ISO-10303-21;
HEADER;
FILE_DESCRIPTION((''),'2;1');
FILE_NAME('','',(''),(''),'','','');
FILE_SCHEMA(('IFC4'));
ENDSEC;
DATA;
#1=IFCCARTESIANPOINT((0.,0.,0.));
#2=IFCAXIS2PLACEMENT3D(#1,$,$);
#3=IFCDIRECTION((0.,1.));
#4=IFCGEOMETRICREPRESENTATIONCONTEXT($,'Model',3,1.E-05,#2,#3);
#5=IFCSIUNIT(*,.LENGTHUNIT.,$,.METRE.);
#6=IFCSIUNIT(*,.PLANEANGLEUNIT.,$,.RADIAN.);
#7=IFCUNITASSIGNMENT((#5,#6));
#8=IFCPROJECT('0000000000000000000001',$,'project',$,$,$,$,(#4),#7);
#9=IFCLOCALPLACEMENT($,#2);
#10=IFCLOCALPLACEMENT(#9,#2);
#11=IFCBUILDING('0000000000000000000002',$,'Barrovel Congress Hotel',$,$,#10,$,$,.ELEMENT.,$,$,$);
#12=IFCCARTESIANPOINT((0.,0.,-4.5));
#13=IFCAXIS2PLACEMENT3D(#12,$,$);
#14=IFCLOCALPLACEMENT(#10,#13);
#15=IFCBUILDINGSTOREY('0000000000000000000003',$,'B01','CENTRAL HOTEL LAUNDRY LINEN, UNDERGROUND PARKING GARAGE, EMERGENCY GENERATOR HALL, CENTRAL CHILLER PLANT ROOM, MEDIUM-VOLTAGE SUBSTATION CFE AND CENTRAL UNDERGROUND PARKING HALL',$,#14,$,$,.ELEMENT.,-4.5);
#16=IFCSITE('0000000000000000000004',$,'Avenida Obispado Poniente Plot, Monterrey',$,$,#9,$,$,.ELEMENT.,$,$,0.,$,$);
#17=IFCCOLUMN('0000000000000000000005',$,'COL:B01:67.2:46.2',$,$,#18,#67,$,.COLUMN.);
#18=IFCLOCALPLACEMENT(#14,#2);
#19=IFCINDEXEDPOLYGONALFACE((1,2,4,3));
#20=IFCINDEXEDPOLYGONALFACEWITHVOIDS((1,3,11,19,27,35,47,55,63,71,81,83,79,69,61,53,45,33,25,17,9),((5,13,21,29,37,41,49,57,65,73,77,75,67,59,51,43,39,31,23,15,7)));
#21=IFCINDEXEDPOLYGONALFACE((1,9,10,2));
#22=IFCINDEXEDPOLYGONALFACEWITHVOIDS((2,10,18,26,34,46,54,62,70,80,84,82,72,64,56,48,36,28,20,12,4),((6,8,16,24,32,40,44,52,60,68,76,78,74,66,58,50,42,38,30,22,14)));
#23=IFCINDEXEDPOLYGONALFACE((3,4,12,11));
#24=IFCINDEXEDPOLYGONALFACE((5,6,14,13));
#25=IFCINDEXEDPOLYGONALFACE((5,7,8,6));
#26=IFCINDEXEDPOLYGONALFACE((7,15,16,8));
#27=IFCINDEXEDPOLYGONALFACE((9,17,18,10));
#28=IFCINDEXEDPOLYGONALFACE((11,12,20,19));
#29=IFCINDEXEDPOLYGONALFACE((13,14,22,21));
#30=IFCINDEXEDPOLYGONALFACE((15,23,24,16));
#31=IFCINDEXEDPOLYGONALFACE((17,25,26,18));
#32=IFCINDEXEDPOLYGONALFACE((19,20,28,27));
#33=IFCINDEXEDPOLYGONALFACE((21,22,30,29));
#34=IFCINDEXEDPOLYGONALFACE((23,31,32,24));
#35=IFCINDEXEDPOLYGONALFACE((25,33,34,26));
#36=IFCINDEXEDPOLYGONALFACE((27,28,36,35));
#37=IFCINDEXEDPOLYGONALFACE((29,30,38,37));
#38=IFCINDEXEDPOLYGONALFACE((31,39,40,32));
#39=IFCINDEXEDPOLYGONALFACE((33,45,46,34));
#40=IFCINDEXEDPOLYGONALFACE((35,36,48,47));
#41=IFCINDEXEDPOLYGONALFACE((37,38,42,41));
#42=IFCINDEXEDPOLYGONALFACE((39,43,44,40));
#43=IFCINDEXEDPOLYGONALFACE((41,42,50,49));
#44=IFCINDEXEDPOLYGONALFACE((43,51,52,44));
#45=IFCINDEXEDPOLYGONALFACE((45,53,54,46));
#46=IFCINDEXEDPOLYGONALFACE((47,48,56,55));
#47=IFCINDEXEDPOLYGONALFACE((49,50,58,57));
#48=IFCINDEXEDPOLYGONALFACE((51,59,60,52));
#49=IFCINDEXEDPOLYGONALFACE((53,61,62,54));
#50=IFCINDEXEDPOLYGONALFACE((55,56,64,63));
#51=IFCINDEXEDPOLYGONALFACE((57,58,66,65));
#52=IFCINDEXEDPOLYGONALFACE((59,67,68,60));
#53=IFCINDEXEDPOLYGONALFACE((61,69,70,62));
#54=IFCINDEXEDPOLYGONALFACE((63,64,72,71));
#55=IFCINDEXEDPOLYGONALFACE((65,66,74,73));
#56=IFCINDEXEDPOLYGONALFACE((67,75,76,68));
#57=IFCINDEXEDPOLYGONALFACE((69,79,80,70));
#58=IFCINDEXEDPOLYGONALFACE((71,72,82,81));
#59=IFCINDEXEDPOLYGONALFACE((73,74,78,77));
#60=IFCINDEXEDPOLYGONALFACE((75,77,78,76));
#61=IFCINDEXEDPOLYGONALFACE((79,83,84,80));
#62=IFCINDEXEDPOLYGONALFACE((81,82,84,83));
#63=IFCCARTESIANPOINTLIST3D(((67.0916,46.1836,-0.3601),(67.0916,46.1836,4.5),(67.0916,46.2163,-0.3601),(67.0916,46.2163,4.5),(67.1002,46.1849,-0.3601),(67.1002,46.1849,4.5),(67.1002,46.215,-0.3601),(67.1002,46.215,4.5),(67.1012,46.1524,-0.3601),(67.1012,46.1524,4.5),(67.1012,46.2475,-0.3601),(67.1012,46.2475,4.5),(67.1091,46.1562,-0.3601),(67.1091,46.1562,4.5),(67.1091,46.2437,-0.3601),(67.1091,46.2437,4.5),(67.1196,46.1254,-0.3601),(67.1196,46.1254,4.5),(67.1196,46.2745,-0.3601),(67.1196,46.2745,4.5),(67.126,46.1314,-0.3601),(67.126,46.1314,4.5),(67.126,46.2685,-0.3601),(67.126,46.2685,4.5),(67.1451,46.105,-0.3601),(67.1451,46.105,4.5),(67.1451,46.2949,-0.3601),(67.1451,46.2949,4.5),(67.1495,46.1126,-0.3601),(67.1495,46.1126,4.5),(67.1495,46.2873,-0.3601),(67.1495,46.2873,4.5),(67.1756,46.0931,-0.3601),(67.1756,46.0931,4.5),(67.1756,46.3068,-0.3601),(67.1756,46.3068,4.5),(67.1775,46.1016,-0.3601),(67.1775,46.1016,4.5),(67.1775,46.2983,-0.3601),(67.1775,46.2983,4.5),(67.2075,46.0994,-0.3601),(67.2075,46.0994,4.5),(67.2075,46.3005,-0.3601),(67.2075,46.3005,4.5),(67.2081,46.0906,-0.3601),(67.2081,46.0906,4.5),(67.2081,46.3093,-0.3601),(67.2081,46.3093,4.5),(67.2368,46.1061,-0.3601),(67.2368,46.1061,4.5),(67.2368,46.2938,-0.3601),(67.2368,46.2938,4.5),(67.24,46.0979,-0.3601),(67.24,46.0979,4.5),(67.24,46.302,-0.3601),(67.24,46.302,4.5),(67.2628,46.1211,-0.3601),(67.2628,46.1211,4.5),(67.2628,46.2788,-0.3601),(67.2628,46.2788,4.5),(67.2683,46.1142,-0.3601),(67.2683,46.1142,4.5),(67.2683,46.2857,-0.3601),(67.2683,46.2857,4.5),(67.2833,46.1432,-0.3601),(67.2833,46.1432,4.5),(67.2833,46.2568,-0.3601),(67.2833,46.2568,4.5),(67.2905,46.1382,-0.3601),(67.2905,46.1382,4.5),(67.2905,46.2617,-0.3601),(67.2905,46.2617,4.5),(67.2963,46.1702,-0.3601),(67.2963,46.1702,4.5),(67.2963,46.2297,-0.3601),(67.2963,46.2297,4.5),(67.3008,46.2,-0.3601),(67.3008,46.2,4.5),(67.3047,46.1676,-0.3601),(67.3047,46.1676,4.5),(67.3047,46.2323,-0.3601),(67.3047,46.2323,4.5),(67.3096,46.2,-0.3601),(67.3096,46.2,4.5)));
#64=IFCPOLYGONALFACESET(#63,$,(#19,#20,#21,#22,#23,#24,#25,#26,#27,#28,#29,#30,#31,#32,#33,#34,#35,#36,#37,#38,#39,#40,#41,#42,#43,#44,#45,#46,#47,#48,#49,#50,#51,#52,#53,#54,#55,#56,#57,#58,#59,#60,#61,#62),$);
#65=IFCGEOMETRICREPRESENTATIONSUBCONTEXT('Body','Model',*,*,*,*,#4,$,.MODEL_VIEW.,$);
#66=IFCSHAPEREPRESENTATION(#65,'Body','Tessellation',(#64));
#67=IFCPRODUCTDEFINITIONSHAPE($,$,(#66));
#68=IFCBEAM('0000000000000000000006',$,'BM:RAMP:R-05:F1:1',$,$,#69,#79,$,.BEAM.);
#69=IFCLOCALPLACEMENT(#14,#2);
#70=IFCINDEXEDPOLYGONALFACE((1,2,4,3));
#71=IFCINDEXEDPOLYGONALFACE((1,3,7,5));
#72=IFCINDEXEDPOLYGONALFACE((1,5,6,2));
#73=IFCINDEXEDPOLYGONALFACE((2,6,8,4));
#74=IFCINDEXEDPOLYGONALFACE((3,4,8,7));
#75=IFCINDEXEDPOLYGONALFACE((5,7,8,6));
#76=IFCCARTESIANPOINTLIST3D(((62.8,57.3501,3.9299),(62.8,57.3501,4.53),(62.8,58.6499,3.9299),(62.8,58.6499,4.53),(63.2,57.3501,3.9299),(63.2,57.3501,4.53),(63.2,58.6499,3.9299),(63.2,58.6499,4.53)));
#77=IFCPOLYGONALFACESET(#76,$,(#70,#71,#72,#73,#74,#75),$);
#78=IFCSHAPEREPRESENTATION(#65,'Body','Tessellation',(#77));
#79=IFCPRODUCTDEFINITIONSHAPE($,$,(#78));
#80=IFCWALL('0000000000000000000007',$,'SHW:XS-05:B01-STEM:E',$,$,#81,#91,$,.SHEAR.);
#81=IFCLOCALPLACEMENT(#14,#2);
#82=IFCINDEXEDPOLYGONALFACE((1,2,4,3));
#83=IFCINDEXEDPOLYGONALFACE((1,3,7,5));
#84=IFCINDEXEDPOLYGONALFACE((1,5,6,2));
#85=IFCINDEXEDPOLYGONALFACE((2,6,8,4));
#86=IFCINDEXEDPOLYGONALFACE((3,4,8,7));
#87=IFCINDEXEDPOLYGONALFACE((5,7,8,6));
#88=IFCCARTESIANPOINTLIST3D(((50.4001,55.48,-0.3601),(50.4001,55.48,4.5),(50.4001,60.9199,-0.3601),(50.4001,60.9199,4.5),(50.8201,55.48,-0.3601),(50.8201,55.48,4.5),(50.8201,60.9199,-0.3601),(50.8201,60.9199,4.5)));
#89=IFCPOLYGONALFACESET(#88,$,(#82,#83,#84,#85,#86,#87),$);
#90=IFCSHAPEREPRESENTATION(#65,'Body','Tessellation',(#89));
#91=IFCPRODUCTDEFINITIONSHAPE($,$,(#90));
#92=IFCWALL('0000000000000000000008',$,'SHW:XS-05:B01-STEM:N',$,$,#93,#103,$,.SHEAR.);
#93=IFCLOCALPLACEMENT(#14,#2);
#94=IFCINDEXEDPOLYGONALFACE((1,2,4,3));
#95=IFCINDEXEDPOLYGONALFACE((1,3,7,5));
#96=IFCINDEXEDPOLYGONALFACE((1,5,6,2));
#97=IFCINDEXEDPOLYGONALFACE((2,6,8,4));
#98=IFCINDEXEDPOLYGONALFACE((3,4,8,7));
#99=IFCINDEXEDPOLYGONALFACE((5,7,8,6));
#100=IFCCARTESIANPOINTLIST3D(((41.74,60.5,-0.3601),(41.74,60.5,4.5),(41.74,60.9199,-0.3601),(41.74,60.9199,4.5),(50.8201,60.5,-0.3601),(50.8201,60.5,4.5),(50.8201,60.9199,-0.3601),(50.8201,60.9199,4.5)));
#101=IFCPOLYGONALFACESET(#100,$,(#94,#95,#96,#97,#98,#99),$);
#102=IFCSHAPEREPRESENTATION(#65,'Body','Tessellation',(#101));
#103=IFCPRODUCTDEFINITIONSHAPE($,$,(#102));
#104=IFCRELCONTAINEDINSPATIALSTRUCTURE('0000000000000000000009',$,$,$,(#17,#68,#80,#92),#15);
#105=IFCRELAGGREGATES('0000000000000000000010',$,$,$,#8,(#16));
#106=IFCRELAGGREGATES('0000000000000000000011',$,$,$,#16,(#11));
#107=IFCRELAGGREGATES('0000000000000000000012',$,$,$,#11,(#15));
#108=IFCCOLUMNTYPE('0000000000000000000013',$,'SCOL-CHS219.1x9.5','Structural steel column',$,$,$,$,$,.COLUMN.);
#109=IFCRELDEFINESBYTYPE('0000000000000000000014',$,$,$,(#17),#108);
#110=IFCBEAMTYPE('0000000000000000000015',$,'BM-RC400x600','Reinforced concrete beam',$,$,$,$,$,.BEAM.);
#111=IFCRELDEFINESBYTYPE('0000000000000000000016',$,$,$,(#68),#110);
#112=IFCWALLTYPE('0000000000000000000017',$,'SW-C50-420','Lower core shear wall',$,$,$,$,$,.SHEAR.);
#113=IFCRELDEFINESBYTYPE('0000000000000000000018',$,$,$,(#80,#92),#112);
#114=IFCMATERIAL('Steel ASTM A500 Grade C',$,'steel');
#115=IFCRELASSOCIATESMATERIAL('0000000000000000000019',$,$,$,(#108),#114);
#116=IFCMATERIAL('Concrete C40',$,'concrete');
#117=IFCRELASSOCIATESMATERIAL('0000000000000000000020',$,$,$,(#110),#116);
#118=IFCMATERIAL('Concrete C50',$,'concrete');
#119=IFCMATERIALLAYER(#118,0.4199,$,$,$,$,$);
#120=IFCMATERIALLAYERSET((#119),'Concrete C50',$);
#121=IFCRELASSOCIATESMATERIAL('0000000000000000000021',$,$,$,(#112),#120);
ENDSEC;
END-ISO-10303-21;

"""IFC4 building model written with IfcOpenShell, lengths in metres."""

from ifc_helpers import new_model, si_unit, direction, frame, frame_2d, origin, origin_2d, place, context, subcontext, project, spatial, rectangle, hollow_circle, extrude, material, layer, layer_set, material_profile, profile_set, type_object, element, save


model = new_model("IFC4")

# Units and contexts
model_context = context("Model", 3, precision=1e-05, world=origin(), true_north=direction((0.0, 1.0)))
body_context = subcontext(model_context, "Body", "Model", "MODEL_VIEW")
ifc_project = project(units=[si_unit("LENGTHUNIT", "METRE"), si_unit("PLANEANGLEUNIT", "RADIAN")], contexts=[model_context])

# Site, building, storey
site_placement = place(None, origin())
site = spatial("IfcSite", under=ifc_project, at=site_placement, Name="Avenida Obispado Poniente Plot, Monterrey", CompositionType="ELEMENT", RefElevation=0.0)
building_placement = place(site_placement, origin())
building = spatial("IfcBuilding", under=site, at=building_placement, Name="Barrovel Congress Hotel", CompositionType="ELEMENT")
storey_placement = place(building_placement, frame((0.0, 0.0, -4.5)))
storey = spatial("IfcBuildingStorey", under=building, at=storey_placement, Name="B01", Description="CENTRAL HOTEL LAUNDRY LINEN, UNDERGROUND PARKING GARAGE, EMERGENCY GENERATOR HALL, CENTRAL CHILLER PLANT ROOM, MEDIUM-VOLTAGE SUBSTATION CFE AND CENTRAL UNDERGROUND PARKING HALL", CompositionType="ELEMENT", Elevation=-4.5)

# Column
ifc_material_1 = material(Name="Concrete C50", Category="concrete")
ifc_material_2 = material(Name="Concrete C40", Category="concrete")
ifc_material_3 = material(Name="Steel ASTM A500 Grade C", Category="steel")
ifc_material_profile_1 = material_profile(ifc_material_3, hollow_circle(Radius=0.1096, WallThickness=0.0088, at=origin_2d()), Name="CHS219.1x9.5")
ifc_profile_set_1 = profile_set([ifc_material_profile_1], Name="Steel ASTM A500 Grade C")
column_type_1 = type_object("IfcColumnType", Name="SCOL-CHS219.1x9.5", Description="Structural steel column", PredefinedType="COLUMN", material=ifc_profile_set_1)
for number, where, z_axis, x_axis, name in (
    (1, (67.2, 46.2, -0.3601), (0.0, 0.0, 1.0), (1.0, 0.0, 0.0), "COL:B01:67.2:46.2"),
):
    element("IfcColumn", number, at=place(storey_placement, frame(where, z_axis=z_axis, x_axis=x_axis)), inside=storey, type_object=column_type_1, Name=name, PredefinedType="COLUMN", context=body_context, shape_type="SweptSolid", body=[
        extrude(hollow_circle(Radius=0.1096, WallThickness=0.0088, at=origin_2d()), origin(), (0.0, 0.0, 1.0), 4.8601),
    ])

# Beam
ifc_material_profile_2 = material_profile(ifc_material_2, rectangle(XDim=0.3999, YDim=0.6001, at=origin_2d()), Name="RC400x600")
ifc_profile_set_2 = profile_set([ifc_material_profile_2], Name="Concrete C40")
beam_type = type_object("IfcBeamType", Name="BM-RC400x600", Description="Reinforced concrete beam", PredefinedType="BEAM", material=ifc_profile_set_2)
beam_placement = place(storey_placement, frame((63.0, 58.6499, 4.23), z_axis=(0.0, -1.0, 0.0), x_axis=(1.0, 0.0, 0.0)))
element("IfcBeam", 2, at=beam_placement, inside=storey, type_object=beam_type, Name="BM:RAMP:R-05:F1:1", PredefinedType="BEAM", context=body_context, shape_type="SweptSolid", body=[
    extrude(rectangle(XDim=0.3999, YDim=0.6001, at=origin_2d()), origin(), (0.0, 0.0, 1.0), 1.2998),
])

# Walls
ifc_layer = layer(ifc_material_1, 0.4199)
ifc_layer_set = layer_set([ifc_layer], Name="Concrete C50")
wall_type = type_object("IfcWallType", Name="SW-C50-420", Description="Lower core shear wall", PredefinedType="SHEAR", material=ifc_layer_set)
wall_1_placement = place(storey_placement, frame((50.6101, 55.48, -0.3601), z_axis=(0.0, 0.0, 1.0), x_axis=(0.0, 1.0, 0.0)))
element("IfcWall", 3, at=wall_1_placement, inside=storey, type_object=wall_type, Name="SHW:XS-05:B01-STEM:E", PredefinedType="SHEAR", context=body_context, shape_type="SweptSolid", body=[
    extrude(rectangle(XDim=5.4399, YDim=0.4199, at=frame_2d((2.72, 0.0))), origin(), (0.0, 0.0, 1.0), 4.8601),
])
wall_2_placement = place(storey_placement, frame((50.8201, 60.71, -0.3601), z_axis=(0.0, 0.0, 1.0), x_axis=(-1.0, 0.0, 0.0)))
element("IfcWall", 4, at=wall_2_placement, inside=storey, type_object=wall_type, Name="SHW:XS-05:B01-STEM:N", PredefinedType="SHEAR", context=body_context, shape_type="SweptSolid", body=[
    extrude(rectangle(XDim=9.0801, YDim=0.4199, at=frame_2d((4.54, 0.0))), origin(), (0.0, 0.0, 1.0), 4.8601),
])

save(model, "model.ifc")
